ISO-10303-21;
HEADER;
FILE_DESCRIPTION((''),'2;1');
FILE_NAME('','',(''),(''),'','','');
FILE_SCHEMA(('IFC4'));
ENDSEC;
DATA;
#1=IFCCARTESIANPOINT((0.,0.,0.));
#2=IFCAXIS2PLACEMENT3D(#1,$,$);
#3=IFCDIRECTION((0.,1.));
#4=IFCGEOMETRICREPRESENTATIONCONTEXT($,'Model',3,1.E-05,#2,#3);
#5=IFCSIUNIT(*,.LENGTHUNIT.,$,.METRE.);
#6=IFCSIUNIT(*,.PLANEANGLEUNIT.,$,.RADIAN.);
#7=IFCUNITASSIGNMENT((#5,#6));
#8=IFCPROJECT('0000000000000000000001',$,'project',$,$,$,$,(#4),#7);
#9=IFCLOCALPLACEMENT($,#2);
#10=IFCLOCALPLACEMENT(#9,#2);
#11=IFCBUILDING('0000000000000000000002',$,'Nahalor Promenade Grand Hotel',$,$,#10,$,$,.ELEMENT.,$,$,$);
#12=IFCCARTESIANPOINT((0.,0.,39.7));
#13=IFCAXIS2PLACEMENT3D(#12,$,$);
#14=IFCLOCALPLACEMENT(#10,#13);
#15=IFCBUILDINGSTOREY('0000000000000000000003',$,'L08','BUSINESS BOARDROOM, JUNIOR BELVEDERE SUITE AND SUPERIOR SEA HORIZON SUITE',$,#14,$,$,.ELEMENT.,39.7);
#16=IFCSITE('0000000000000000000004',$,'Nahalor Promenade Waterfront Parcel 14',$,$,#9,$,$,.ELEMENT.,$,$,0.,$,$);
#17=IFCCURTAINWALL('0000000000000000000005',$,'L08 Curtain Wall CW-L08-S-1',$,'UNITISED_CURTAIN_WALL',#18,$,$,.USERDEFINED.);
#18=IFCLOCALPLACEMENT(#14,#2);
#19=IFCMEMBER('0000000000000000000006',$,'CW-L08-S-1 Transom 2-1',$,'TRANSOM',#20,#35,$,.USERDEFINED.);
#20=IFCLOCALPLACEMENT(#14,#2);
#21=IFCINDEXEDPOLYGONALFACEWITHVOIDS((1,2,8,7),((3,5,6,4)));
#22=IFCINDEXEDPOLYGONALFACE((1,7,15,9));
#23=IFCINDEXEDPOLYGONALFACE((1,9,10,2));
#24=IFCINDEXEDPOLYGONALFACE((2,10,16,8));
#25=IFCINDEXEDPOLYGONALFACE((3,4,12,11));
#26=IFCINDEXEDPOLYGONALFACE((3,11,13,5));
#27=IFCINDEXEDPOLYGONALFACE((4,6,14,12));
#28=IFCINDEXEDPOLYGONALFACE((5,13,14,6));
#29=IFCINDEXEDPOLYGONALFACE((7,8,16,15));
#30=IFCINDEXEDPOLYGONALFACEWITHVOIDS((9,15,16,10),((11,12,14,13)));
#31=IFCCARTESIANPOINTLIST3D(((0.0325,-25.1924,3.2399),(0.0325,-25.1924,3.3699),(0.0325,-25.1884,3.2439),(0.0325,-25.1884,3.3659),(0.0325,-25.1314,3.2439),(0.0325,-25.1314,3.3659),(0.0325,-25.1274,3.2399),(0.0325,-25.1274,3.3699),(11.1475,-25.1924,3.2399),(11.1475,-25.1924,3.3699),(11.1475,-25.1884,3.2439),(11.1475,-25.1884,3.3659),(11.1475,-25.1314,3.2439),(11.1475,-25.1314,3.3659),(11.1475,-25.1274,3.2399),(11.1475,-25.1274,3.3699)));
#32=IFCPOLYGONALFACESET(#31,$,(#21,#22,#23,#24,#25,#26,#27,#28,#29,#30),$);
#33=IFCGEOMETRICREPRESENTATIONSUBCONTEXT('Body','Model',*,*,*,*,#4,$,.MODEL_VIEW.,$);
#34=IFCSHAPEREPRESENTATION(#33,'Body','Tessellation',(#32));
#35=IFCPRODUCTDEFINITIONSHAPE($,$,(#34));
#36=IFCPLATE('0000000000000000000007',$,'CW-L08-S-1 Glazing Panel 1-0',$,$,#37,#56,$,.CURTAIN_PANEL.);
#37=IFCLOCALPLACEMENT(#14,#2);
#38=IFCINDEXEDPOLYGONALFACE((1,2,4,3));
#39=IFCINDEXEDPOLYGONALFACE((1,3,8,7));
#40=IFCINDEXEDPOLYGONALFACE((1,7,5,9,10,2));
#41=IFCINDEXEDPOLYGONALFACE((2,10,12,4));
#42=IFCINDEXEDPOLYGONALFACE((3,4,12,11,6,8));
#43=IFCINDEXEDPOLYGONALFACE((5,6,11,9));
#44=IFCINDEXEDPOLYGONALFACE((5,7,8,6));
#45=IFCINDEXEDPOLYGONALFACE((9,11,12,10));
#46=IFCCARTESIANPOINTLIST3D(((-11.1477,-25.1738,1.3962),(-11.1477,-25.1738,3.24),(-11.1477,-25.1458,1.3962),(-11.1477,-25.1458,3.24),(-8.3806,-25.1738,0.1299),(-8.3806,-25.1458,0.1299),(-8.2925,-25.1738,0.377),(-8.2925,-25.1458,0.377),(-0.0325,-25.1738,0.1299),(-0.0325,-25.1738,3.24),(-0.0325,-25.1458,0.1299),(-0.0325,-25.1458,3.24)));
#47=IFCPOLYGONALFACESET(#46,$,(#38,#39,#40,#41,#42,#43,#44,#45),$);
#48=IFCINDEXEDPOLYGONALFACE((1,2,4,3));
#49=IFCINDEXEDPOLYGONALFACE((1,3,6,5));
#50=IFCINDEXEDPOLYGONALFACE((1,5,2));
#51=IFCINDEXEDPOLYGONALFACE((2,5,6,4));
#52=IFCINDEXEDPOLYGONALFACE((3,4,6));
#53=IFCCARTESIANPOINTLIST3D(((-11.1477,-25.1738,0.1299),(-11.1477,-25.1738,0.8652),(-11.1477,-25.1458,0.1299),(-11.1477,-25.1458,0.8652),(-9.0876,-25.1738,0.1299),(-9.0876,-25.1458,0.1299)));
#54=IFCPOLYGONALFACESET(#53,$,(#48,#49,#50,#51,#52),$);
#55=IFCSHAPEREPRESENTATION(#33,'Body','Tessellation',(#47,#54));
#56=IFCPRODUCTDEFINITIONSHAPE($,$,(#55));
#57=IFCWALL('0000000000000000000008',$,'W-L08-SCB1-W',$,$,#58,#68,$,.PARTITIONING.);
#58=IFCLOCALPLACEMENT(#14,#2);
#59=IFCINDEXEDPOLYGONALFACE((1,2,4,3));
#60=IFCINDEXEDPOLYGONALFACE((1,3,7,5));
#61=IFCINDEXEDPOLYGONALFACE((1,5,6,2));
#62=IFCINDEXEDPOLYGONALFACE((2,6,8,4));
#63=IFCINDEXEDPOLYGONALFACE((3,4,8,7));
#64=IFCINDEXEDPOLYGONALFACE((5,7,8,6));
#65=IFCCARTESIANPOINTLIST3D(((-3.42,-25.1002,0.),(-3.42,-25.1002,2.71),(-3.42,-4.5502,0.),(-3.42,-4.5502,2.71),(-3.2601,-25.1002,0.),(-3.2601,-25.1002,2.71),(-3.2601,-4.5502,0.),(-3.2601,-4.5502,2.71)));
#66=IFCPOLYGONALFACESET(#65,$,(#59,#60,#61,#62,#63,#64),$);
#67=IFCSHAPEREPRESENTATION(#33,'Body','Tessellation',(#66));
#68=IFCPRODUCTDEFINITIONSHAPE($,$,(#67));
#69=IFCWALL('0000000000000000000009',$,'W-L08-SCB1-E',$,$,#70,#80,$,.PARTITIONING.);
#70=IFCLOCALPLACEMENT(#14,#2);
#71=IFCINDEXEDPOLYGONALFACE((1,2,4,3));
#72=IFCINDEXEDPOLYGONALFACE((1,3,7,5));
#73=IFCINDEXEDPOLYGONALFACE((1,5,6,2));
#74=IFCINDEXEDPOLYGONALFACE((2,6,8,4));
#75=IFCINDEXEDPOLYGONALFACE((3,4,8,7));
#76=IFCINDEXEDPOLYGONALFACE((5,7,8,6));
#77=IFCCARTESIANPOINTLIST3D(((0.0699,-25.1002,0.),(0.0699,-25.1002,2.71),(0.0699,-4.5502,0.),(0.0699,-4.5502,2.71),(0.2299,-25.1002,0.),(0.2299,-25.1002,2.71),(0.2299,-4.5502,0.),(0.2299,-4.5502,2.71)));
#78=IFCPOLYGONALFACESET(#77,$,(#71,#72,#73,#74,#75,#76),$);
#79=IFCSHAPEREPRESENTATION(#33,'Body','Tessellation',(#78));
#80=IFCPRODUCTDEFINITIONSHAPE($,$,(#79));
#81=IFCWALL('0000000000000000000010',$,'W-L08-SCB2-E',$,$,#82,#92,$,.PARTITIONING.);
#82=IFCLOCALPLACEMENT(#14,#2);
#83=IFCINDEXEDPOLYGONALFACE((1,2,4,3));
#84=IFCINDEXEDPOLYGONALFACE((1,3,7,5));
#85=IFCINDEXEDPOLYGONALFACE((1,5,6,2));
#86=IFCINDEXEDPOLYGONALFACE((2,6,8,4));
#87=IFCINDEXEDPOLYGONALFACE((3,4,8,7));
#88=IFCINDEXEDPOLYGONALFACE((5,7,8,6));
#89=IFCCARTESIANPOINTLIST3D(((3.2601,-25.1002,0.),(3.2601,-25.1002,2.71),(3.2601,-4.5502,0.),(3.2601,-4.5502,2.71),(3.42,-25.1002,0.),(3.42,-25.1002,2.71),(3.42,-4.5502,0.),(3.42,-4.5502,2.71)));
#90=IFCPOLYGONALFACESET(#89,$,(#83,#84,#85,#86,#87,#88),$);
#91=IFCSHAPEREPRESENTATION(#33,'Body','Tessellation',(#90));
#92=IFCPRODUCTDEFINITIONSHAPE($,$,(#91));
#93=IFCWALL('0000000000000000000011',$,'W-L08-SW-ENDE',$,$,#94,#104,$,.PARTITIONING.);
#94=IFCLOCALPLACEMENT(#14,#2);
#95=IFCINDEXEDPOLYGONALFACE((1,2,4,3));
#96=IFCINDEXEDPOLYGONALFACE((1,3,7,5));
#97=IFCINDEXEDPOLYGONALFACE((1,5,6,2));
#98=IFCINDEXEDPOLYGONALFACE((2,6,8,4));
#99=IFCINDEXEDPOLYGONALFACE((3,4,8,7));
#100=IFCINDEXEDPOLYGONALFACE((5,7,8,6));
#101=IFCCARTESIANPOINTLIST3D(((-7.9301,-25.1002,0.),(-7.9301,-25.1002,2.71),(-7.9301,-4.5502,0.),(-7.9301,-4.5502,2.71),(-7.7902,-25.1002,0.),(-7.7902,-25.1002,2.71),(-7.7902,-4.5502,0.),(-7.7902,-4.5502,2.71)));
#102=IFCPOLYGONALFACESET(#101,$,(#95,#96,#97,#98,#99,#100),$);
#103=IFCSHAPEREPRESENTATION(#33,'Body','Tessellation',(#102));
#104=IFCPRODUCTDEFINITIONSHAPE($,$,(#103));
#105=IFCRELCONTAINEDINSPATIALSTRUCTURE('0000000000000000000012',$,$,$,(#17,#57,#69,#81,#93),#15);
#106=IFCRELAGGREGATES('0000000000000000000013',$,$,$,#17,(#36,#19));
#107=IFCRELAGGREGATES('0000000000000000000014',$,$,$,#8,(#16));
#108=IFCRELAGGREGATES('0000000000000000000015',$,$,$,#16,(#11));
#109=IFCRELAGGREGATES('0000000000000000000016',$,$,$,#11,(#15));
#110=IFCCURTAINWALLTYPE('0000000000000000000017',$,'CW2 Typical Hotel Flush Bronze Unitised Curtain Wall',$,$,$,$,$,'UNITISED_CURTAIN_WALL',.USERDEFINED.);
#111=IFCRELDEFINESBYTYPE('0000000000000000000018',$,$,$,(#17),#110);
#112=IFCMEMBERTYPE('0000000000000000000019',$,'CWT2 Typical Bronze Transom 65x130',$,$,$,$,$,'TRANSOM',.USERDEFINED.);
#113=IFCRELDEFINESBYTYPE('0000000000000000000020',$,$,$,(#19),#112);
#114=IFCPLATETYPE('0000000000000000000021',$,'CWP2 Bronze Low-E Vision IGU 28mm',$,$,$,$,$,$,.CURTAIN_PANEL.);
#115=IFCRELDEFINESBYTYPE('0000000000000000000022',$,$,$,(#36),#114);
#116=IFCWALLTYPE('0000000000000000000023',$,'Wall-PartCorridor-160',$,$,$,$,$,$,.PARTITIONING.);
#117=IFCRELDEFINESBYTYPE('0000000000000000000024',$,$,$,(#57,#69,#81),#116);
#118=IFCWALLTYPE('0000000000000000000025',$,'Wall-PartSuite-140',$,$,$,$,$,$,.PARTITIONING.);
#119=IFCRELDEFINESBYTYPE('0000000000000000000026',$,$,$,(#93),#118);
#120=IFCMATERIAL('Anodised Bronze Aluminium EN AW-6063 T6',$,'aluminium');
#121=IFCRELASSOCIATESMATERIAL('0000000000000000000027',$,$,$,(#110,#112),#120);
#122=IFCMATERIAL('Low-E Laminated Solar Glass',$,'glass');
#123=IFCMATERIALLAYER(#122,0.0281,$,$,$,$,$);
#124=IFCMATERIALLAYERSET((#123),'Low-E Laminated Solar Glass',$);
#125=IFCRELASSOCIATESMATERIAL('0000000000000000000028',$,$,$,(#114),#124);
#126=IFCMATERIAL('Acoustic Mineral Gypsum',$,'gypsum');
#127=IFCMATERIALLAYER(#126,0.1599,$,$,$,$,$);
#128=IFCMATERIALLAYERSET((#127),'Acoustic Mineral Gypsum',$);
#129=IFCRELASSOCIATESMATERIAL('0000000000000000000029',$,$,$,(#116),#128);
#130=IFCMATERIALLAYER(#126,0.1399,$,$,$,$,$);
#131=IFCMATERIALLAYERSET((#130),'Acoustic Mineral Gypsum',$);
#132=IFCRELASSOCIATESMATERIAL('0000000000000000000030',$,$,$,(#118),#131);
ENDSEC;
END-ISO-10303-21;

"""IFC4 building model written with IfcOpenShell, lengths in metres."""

from ifc_helpers import new_model, si_unit, direction, frame, frame_2d, origin, origin_2d, place, context, subcontext, project, spatial, polyline, rectangle, hollow_rectangle, outline, extrude, source, transform, mapped, material, layer, layer_set, material_profile, profile_set, type_object, element, aggregate, save


model = new_model("IFC4")

# Units and contexts
model_context = context("Model", 3, precision=1e-05, world=origin(), true_north=direction((0.0, 1.0)))
body_context = subcontext(model_context, "Body", "Model", "MODEL_VIEW")
ifc_project = project(units=[si_unit("LENGTHUNIT", "METRE"), si_unit("PLANEANGLEUNIT", "RADIAN")], contexts=[model_context])

# Site, building, storey
site_placement = place(None, origin())
site = spatial("IfcSite", under=ifc_project, at=site_placement, Name="Nahalor Promenade Waterfront Parcel 14", CompositionType="ELEMENT", RefElevation=0.0)
building_placement = place(site_placement, origin())
building = spatial("IfcBuilding", under=site, at=building_placement, Name="Nahalor Promenade Grand Hotel", CompositionType="ELEMENT")
storey_placement = place(building_placement, frame((0.0, 0.0, 39.7)))
storey = spatial("IfcBuildingStorey", under=building, at=storey_placement, Name="L08", Description="BUSINESS BOARDROOM, JUNIOR BELVEDERE SUITE AND SUPERIOR SEA HORIZON SUITE", CompositionType="ELEMENT", Elevation=39.7)

# Curtain wall, member, plate
ifc_material_1 = material(Name="Anodised Bronze Aluminium EN AW-6063 T6", Category="aluminium")
curtain_wall_type = type_object("IfcCurtainWallType", Name="CW2 Typical Hotel Flush Bronze Unitised Curtain Wall", ElementType="UNITISED_CURTAIN_WALL", PredefinedType="USERDEFINED", material=ifc_material_1)
curtain_wall_placement = place(storey_placement, origin())
curtain_wall = element("IfcCurtainWall", 1, at=curtain_wall_placement, inside=storey, type_object=curtain_wall_type, Name="L08 Curtain Wall CW-L08-S-1", ObjectType="UNITISED_CURTAIN_WALL", PredefinedType="USERDEFINED")
ifc_material_profile_1 = material_profile(ifc_material_1, hollow_rectangle(XDim=0.065, YDim=0.13, WallThickness=0.004, at=origin_2d()), Name="CWT 65x130x4")
ifc_profile_set_1 = profile_set([ifc_material_profile_1], Name="Anodised Bronze Aluminium EN AW-6063 T6")
member_type_1 = type_object("IfcMemberType", Name="CWT2 Typical Bronze Transom 65x130", ElementType="TRANSOM", PredefinedType="USERDEFINED", material=ifc_profile_set_1)
shared_shape_1 = source(origin(), body_context, "Body", "SweptSolid", [
    extrude(hollow_rectangle(XDim=0.065, YDim=0.13, WallThickness=0.004, at=origin_2d()), origin(), (0.0, 0.0, 1.0), 11.115),
])
member_1_placement = place(storey_placement, frame((0.0325, -25.1599, 3.3049), z_axis=(1.0, 0.0, 0.0), x_axis=(0.0, 1.0, 0.0)))
member_1 = element("IfcMember", 2, at=member_1_placement, type_object=member_type_1, Name="CW-L08-S-1 Transom 2-1", ObjectType="TRANSOM", PredefinedType="USERDEFINED", context=body_context, shape_type="MappedRepresentation", body=[
    mapped(shared_shape_1, transform((0.0, 0.0, 0.0), scale=1.0)),
])
ifc_material_2 = material(Name="Low-E Laminated Solar Glass", Category="glass")
ifc_layer_1 = layer(ifc_material_2, 0.0281)
ifc_layer_set_1 = layer_set([ifc_layer_1], Name="Low-E Laminated Solar Glass")
plate_type = type_object("IfcPlateType", Name="CWP2 Bronze Low-E Vision IGU 28mm", PredefinedType="CURTAIN_PANEL", material=ifc_layer_set_1)
plate_placement = place(storey_placement, frame((-5.5901, -25.1599, 0.1299), z_axis=(0.0, 0.0, 1.0), x_axis=(1.0, 0.0, 0.0)))
plate = element("IfcPlate", 3, at=plate_placement, type_object=plate_type, Name="CW-L08-S-1 Glazing Panel 1-0", PredefinedType="CURTAIN_PANEL", context=body_context, shape_type="SweptSolid", body=[
    extrude(outline(polyline([(5.5576, 3.1101), (-5.5576, 3.1101), (-5.5576, 1.2664), (-2.7024, 0.2471), (-2.7905, 0.0), (5.5576, 0.0), (5.5576, 3.1101)])), frame((0.0, 0.0142, 0.0), z_axis=(0.0, -1.0, 0.0), x_axis=(1.0, 0.0, 0.0)), (0.0, 0.0, 1.0), 0.0281),
    extrude(outline(polyline([(-5.5576, 0.7354), (-5.5576, 0.0), (-3.4976, 0.0), (-5.5576, 0.7354)])), frame((0.0, 0.0142, 0.0), z_axis=(0.0, -1.0, 0.0), x_axis=(1.0, 0.0, 0.0)), (0.0, 0.0, 1.0), 0.0281),
])
aggregate(curtain_wall, [plate, member_1])

# Walls
ifc_material_3 = material(Name="Acoustic Mineral Gypsum", Category="gypsum")
ifc_layer_2 = layer(ifc_material_3, 0.1599)
ifc_layer_set_2 = layer_set([ifc_layer_2], Name="Acoustic Mineral Gypsum")
wall_type_1 = type_object("IfcWallType", Name="Wall-PartCorridor-160", PredefinedType="PARTITIONING", material=ifc_layer_set_2)
shared_shape_2 = source(origin(), body_context, "Body", "SweptSolid", [
    extrude(rectangle(XDim=20.55, YDim=0.1599, at=frame_2d((10.2749, 0.0))), origin(), (0.0, 0.0, 1.0), 2.71),
])
for number, where, z_axis, x_axis, name in (
    (4, (-3.3401, -25.1001, 0.0), (0.0, 0.0, 1.0), (0.0, 1.0, 0.0), "W-L08-SCB1-W"),
    (5, (0.1499, -25.1001, 0.0), (0.0, 0.0, 1.0), (0.0, 1.0, 0.0), "W-L08-SCB1-E"),
    (6, (3.3401, -25.1001, 0.0), (0.0, 0.0, 1.0), (0.0, 1.0, 0.0), "W-L08-SCB2-E"),
):
    element("IfcWall", number, at=place(storey_placement, frame(where, z_axis=z_axis, x_axis=x_axis)), inside=storey, type_object=wall_type_1, Name=name, PredefinedType="PARTITIONING", context=body_context, shape_type="MappedRepresentation", body=[
        mapped(shared_shape_2, transform((0.0, 0.0, 0.0), scale=1.0)),
    ])
ifc_layer_3 = layer(ifc_material_3, 0.1399)
ifc_layer_set_3 = layer_set([ifc_layer_3], Name="Acoustic Mineral Gypsum")
wall_type_2 = type_object("IfcWallType", Name="Wall-PartSuite-140", PredefinedType="PARTITIONING", material=ifc_layer_set_3)
shared_shape_3 = source(origin(), body_context, "Body", "SweptSolid", [
    extrude(rectangle(XDim=20.55, YDim=0.1399, at=frame_2d((10.2749, 0.0))), origin(), (0.0, 0.0, 1.0), 2.71),
])
wall_placement = place(storey_placement, frame((-7.8601, -25.1001, 0.0), z_axis=(0.0, 0.0, 1.0), x_axis=(0.0, 1.0, 0.0)))
element("IfcWall", 7, at=wall_placement, inside=storey, type_object=wall_type_2, Name="W-L08-SW-ENDE", PredefinedType="PARTITIONING", context=body_context, shape_type="MappedRepresentation", body=[
    mapped(shared_shape_3, transform((0.0, 0.0, 0.0), scale=1.0)),
])

save(model, "model.ifc")
